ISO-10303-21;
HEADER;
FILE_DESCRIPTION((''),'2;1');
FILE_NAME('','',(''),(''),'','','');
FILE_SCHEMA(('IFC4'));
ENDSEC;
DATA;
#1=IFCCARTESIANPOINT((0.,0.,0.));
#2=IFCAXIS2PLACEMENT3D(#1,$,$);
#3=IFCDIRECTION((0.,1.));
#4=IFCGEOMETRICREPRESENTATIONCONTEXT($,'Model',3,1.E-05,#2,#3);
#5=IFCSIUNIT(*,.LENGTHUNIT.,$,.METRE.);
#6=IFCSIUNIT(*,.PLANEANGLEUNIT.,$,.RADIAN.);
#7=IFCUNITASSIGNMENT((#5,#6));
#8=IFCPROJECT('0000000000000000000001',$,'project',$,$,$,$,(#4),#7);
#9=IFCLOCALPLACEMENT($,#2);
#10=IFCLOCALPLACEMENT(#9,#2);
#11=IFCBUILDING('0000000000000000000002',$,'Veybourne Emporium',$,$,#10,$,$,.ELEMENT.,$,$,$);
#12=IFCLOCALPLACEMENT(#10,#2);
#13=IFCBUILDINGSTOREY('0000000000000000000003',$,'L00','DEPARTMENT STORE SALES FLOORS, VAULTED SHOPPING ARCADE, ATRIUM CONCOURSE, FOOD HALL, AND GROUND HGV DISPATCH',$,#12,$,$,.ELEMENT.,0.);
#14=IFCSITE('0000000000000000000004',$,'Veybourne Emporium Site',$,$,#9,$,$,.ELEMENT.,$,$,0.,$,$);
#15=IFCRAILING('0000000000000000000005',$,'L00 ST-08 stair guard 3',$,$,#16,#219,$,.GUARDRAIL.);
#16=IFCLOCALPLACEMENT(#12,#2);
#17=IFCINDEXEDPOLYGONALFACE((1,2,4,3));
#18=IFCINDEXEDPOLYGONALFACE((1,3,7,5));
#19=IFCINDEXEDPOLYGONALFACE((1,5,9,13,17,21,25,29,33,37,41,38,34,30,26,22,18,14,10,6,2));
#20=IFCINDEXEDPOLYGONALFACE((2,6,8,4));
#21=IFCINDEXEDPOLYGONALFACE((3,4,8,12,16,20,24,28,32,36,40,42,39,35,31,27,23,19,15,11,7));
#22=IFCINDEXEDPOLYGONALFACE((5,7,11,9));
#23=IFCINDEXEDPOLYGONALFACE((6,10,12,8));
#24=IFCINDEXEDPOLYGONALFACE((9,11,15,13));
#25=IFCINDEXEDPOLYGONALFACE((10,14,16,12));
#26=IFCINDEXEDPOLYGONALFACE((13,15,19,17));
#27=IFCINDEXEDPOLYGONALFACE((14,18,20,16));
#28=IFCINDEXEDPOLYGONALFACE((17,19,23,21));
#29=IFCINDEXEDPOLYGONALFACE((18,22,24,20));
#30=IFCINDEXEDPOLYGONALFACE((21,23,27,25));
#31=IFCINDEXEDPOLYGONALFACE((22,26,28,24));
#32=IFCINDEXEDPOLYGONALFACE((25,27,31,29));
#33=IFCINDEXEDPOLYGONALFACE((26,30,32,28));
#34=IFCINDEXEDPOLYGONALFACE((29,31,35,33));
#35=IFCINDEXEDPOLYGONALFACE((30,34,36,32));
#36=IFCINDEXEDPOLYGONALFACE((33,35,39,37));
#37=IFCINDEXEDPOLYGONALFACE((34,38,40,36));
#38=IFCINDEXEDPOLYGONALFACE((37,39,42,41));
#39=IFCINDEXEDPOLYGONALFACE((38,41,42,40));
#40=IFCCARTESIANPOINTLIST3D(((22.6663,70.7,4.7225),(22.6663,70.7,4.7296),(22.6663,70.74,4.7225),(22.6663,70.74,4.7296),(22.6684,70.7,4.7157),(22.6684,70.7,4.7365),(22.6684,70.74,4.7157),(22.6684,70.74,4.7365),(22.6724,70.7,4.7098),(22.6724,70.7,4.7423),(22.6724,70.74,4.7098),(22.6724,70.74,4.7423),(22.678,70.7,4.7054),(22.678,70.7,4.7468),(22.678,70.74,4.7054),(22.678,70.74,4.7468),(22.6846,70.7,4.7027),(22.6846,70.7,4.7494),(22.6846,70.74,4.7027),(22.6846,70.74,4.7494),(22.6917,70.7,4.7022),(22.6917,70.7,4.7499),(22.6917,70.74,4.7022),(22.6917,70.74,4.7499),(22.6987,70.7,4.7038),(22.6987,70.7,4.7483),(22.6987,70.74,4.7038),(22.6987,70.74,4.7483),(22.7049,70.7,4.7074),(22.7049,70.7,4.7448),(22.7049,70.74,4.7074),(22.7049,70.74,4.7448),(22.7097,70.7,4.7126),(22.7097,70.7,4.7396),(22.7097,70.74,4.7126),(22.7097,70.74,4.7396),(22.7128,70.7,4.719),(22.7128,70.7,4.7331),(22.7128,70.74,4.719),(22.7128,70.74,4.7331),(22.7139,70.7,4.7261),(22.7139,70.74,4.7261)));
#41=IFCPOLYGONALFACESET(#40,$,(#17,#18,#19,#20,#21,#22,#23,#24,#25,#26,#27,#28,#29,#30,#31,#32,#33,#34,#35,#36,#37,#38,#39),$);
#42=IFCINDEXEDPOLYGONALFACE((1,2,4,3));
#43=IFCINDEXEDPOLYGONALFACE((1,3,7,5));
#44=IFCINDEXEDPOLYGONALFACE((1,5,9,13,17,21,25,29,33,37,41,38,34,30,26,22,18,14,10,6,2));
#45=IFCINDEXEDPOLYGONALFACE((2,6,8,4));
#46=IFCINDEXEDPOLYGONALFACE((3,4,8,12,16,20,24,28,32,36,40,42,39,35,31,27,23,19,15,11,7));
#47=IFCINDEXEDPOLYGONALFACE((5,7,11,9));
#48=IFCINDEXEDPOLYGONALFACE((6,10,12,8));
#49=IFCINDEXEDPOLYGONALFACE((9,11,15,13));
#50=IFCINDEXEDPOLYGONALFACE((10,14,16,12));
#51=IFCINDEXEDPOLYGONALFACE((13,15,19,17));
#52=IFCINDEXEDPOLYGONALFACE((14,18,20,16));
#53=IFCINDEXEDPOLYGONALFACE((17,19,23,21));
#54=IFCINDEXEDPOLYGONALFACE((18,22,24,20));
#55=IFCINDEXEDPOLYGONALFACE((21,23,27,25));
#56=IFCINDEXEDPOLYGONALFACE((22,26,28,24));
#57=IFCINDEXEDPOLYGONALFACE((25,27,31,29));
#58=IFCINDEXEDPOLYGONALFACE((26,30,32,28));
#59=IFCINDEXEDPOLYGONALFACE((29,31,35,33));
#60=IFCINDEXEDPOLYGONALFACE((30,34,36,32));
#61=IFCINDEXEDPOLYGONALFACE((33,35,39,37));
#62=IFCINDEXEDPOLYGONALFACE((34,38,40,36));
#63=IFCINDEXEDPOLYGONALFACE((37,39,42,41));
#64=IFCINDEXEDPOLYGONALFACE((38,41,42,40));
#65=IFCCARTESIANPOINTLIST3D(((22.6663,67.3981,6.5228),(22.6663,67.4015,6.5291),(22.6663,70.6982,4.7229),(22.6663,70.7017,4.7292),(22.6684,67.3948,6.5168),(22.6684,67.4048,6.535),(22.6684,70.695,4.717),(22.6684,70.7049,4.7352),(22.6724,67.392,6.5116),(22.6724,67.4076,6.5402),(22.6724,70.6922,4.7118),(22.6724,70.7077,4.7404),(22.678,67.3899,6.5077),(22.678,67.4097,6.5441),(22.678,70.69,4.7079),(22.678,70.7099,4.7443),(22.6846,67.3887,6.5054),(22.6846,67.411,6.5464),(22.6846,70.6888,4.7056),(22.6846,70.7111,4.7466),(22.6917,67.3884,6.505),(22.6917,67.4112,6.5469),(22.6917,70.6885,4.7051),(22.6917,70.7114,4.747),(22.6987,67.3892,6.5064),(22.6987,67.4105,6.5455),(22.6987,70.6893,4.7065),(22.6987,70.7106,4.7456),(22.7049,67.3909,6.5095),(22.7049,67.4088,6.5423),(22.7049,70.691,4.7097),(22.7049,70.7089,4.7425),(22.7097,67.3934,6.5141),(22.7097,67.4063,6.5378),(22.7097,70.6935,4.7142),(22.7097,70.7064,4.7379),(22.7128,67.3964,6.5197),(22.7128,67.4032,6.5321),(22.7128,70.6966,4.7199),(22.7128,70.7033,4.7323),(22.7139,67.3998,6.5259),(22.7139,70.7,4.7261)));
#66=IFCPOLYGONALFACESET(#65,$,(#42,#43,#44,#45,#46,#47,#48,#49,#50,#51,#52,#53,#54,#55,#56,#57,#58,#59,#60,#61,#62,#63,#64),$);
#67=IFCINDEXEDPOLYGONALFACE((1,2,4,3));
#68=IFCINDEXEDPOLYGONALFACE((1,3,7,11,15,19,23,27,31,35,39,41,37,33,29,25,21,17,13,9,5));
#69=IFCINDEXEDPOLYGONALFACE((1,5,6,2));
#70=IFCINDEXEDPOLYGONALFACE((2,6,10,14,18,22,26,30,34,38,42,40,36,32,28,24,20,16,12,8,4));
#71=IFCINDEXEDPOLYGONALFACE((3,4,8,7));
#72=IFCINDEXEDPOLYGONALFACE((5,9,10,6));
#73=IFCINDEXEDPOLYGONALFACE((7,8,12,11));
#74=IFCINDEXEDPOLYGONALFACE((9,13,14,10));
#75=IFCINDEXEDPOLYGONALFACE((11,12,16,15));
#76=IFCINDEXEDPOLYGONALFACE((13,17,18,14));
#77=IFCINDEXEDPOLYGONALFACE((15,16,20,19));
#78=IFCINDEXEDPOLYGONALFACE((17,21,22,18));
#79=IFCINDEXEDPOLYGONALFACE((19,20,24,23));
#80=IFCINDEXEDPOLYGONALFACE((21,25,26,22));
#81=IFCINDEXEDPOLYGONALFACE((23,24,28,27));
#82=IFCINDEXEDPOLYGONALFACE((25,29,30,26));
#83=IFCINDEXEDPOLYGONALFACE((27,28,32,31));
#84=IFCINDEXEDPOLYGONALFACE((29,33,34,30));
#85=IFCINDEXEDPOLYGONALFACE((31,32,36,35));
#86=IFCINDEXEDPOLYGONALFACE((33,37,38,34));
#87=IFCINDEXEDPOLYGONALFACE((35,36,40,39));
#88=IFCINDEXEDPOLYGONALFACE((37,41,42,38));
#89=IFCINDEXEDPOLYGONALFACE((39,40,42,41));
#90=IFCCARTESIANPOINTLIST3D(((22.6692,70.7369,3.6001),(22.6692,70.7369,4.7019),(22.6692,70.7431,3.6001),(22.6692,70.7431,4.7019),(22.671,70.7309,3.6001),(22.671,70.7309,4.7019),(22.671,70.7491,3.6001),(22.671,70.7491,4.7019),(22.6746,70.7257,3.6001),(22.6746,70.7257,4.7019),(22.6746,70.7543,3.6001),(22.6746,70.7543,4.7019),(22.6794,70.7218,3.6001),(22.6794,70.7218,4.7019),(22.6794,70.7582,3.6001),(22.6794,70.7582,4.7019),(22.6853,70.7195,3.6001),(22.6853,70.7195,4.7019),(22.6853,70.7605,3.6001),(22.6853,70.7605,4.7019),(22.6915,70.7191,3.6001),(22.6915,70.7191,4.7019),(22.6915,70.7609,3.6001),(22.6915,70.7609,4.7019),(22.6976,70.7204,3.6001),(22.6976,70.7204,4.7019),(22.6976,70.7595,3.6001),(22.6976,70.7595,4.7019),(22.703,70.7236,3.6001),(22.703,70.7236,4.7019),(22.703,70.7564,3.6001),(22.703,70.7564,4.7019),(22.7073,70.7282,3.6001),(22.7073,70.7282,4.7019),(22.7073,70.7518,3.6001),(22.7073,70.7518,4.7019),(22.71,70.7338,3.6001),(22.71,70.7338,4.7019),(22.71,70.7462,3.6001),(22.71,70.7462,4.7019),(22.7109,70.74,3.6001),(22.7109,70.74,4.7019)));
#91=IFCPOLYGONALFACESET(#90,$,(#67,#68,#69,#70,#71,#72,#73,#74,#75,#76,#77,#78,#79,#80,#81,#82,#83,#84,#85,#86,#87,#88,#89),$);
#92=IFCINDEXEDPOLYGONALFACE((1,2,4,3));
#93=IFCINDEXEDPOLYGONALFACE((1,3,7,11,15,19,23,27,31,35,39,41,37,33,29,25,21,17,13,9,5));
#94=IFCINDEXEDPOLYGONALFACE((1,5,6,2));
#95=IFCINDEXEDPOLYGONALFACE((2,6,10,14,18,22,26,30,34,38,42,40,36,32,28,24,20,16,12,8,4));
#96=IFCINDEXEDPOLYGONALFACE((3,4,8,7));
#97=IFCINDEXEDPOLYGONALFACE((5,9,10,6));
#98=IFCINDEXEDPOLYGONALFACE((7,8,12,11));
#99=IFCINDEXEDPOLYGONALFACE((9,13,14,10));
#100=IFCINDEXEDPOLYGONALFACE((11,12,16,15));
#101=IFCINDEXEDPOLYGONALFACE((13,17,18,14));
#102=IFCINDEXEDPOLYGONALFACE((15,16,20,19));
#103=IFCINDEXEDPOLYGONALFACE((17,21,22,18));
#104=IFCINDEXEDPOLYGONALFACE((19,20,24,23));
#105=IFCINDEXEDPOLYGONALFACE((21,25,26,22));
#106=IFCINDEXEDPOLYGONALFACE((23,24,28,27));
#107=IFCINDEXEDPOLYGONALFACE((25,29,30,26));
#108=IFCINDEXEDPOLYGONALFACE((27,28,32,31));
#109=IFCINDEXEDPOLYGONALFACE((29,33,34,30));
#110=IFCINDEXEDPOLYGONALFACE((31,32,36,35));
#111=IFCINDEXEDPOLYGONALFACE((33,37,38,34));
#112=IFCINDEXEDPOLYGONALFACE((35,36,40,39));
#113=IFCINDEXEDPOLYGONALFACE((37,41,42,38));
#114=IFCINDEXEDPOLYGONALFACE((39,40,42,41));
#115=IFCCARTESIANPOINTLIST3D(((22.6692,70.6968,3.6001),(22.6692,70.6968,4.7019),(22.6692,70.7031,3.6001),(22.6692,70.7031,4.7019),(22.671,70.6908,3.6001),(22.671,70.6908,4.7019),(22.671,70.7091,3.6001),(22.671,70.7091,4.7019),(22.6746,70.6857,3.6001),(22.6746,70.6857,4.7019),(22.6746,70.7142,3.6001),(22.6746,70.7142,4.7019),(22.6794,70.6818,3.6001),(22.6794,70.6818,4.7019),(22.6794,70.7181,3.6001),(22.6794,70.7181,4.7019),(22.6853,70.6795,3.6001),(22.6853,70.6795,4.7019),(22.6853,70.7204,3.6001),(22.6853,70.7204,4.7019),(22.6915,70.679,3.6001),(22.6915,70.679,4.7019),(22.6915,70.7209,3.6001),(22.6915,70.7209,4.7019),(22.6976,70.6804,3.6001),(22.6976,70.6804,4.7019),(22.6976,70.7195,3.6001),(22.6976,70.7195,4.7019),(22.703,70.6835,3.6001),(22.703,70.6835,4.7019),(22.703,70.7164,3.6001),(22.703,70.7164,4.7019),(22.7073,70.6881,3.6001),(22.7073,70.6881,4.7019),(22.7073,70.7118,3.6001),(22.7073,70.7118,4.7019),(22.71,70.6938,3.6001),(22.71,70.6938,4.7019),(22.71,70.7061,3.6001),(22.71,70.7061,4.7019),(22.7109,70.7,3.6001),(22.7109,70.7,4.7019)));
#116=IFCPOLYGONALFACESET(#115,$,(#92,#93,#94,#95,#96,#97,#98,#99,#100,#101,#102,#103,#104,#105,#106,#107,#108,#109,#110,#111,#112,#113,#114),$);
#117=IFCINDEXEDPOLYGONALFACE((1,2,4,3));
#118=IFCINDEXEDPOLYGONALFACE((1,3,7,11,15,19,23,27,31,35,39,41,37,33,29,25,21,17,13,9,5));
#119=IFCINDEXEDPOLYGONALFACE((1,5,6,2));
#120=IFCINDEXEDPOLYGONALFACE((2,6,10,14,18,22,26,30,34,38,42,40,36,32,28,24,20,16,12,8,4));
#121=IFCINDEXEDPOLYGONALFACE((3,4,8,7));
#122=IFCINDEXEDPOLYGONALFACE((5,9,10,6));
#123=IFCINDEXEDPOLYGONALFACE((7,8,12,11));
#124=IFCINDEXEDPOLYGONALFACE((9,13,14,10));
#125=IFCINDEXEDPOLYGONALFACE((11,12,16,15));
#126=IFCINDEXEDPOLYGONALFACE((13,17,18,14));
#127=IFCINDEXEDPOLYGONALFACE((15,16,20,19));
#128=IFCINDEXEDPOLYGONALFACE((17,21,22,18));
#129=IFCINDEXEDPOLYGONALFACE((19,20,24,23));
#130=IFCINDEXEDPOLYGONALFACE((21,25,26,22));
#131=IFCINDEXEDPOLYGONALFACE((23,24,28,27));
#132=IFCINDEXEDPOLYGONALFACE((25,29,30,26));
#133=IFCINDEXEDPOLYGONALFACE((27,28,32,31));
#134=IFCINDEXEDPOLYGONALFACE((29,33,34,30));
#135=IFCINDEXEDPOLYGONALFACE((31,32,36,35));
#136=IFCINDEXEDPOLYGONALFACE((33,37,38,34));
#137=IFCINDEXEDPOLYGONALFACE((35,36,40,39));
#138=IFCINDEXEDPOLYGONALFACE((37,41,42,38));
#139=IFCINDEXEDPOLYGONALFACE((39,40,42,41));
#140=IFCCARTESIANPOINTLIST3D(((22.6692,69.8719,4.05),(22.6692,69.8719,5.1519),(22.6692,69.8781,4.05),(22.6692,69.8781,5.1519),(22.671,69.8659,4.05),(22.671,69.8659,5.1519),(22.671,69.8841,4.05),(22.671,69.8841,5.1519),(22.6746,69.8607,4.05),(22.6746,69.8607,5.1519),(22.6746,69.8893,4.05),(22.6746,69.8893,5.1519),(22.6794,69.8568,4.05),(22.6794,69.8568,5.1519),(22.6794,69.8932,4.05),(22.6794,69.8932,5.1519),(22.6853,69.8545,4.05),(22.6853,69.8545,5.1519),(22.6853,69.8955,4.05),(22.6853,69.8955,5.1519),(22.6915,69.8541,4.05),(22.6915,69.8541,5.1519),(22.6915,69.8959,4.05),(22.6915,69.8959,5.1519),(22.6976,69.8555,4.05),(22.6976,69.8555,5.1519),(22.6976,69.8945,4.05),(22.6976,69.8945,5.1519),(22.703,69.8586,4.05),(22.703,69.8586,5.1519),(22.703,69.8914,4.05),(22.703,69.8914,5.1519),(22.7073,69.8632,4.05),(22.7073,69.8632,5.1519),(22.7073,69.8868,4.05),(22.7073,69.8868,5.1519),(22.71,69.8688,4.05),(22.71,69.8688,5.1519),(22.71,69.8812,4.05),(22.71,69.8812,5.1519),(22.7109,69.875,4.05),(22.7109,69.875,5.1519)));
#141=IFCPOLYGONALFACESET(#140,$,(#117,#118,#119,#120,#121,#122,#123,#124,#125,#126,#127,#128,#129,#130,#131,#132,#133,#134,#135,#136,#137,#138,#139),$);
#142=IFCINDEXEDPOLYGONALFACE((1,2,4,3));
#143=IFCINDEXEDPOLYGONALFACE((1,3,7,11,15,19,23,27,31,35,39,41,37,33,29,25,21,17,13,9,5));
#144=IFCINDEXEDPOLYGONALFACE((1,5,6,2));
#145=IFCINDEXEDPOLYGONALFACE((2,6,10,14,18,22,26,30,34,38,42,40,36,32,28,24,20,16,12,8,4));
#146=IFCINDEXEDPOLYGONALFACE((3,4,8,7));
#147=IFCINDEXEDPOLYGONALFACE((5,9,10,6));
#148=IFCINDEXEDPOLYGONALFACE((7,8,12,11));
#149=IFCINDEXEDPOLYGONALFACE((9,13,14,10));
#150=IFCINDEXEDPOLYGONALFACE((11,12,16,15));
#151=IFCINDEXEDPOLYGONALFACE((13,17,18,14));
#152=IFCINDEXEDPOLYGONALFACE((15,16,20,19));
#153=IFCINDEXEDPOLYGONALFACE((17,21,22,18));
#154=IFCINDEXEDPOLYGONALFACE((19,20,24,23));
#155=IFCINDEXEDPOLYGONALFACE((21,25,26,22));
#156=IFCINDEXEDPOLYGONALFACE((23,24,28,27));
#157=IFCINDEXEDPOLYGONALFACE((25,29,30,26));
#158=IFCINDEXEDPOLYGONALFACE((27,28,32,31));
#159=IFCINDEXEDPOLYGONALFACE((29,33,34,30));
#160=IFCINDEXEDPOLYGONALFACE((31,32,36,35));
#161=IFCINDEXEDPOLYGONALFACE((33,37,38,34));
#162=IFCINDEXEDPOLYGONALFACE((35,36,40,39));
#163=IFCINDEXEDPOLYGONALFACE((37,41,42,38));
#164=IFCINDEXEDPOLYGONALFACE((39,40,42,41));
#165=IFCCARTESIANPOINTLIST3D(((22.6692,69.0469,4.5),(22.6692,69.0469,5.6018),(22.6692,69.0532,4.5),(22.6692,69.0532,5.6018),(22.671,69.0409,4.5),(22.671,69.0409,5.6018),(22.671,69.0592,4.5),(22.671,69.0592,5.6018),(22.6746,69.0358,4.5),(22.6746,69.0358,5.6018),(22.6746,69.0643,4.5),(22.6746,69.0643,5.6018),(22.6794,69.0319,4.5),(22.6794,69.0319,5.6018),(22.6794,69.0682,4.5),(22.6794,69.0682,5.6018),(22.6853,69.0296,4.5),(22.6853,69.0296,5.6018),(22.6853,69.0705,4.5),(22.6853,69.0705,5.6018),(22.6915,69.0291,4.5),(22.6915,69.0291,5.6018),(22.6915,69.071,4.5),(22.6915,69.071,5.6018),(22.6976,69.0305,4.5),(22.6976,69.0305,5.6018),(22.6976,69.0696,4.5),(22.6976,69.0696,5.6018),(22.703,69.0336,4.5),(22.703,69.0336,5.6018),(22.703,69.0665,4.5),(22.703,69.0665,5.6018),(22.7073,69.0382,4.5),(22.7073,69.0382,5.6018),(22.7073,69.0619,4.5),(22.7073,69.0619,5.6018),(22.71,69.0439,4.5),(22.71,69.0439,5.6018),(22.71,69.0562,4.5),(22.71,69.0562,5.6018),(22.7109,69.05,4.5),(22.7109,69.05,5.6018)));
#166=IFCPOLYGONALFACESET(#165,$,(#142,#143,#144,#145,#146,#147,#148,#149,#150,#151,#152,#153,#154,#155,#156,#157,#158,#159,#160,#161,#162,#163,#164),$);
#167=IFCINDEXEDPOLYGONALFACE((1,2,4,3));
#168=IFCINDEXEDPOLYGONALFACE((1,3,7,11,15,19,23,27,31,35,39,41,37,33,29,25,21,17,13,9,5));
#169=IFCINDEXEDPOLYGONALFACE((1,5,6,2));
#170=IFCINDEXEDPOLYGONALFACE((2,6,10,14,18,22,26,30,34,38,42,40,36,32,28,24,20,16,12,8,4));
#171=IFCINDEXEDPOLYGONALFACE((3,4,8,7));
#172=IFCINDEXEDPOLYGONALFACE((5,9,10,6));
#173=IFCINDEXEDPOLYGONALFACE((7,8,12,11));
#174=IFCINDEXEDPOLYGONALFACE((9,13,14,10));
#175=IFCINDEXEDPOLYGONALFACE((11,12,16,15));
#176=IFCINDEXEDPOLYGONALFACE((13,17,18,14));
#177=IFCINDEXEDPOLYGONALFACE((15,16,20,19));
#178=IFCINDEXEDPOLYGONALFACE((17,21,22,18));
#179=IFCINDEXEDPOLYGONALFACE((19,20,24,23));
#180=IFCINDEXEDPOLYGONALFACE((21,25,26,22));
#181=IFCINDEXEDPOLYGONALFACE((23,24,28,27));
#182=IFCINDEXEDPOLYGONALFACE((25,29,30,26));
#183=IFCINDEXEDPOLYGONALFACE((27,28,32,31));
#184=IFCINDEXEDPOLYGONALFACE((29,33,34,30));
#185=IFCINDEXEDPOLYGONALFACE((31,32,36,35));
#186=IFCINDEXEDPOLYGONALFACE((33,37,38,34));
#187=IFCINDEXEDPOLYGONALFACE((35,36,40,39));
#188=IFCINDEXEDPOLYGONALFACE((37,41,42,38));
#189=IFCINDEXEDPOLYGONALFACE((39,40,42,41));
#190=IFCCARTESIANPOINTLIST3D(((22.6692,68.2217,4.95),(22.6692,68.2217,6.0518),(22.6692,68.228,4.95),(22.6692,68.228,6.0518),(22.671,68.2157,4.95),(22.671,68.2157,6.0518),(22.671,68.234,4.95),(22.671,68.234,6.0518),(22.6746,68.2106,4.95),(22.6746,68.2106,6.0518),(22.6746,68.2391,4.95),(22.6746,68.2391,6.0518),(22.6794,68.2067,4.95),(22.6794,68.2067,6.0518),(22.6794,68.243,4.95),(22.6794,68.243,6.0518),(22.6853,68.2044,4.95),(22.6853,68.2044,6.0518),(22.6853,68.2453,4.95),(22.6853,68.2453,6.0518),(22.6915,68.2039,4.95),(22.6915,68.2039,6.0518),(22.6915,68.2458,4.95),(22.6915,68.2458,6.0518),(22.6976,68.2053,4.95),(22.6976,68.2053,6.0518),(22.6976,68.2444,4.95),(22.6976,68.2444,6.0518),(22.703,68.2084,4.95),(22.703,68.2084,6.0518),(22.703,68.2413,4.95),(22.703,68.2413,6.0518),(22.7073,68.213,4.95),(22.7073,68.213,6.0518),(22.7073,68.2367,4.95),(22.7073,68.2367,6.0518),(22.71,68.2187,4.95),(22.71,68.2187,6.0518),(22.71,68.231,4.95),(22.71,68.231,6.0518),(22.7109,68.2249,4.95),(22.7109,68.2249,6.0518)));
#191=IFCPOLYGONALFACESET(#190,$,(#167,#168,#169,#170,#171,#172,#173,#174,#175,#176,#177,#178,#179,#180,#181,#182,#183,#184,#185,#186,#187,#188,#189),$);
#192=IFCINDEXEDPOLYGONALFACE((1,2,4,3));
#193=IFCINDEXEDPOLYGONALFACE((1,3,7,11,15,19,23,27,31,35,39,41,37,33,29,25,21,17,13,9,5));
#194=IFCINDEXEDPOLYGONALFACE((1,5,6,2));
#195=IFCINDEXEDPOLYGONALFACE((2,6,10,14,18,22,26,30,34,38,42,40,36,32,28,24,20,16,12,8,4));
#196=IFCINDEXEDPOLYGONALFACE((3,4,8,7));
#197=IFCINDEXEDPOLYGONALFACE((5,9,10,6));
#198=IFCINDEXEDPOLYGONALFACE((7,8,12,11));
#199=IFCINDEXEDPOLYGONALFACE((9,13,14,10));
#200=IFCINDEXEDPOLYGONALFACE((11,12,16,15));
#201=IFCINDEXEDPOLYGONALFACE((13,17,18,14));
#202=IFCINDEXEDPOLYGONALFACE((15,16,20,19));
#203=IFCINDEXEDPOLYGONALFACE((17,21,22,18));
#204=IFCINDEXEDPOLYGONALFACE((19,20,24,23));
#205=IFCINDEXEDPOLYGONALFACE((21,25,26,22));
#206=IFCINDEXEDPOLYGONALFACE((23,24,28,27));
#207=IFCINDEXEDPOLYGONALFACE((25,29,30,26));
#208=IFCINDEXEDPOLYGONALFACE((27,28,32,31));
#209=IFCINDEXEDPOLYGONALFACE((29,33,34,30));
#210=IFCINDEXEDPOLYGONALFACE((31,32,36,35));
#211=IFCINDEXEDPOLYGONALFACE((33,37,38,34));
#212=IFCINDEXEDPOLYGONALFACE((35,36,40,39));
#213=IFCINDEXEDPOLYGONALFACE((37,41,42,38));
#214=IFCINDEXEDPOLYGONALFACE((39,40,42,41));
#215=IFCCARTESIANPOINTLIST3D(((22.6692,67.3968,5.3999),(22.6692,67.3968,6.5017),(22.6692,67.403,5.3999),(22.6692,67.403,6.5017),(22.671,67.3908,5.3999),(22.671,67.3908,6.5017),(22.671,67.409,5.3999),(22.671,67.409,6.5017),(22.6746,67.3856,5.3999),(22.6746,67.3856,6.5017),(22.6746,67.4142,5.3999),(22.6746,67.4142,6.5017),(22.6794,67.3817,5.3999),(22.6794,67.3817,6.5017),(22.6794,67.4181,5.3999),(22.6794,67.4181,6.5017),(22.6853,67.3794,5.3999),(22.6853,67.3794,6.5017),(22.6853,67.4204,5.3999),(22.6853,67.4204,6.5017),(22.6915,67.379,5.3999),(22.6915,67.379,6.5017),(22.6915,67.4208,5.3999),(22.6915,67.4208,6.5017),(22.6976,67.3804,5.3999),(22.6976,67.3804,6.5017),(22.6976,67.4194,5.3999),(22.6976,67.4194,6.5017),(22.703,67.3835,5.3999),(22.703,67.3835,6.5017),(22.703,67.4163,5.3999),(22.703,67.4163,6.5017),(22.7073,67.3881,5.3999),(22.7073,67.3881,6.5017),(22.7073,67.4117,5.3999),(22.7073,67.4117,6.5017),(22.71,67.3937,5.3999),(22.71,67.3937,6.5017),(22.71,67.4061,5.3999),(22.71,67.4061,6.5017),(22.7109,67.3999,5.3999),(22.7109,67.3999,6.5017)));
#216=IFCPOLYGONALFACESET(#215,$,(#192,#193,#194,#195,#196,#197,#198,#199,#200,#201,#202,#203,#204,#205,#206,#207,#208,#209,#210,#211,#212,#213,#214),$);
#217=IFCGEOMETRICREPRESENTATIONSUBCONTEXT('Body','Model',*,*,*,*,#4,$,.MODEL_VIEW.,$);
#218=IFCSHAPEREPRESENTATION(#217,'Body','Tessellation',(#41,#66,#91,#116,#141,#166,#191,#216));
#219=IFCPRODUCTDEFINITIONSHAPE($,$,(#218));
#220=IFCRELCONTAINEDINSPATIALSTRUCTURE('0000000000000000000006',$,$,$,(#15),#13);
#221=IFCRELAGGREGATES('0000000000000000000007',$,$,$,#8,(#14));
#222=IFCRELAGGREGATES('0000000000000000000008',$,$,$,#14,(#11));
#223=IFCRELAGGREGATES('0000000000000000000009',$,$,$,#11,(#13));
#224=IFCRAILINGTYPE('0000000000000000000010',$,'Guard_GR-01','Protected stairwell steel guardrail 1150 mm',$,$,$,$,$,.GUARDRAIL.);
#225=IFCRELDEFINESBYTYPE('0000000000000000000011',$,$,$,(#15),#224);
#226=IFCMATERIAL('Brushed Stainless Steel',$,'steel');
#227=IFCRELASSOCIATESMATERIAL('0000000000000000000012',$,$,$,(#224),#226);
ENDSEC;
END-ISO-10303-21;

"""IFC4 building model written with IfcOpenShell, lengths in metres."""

from ifc_helpers import new_model, si_unit, direction, frame, origin, origin_2d, place, context, subcontext, project, spatial, circle, extrude, material, type_object, element, save


model = new_model("IFC4")

# Units and contexts
model_context = context("Model", 3, precision=1e-05, world=origin(), true_north=direction((0.0, 1.0)))
body_context = subcontext(model_context, "Body", "Model", "MODEL_VIEW")
ifc_project = project(units=[si_unit("LENGTHUNIT", "METRE"), si_unit("PLANEANGLEUNIT", "RADIAN")], contexts=[model_context])

# Site, building, storey
site_placement = place(None, origin())
site = spatial("IfcSite", under=ifc_project, at=site_placement, Name="Veybourne Emporium Site", CompositionType="ELEMENT", RefElevation=0.0)
building_placement = place(site_placement, origin())
building = spatial("IfcBuilding", under=site, at=building_placement, Name="Veybourne Emporium", CompositionType="ELEMENT")
storey_placement = place(building_placement, origin())
storey = spatial("IfcBuildingStorey", under=building, at=storey_placement, Name="L00", Description="DEPARTMENT STORE SALES FLOORS, VAULTED SHOPPING ARCADE, ATRIUM CONCOURSE, FOOD HALL, AND GROUND HGV DISPATCH", CompositionType="ELEMENT", Elevation=0.0)

# Railing
ifc_material_1 = material(Name="Brushed Stainless Steel", Category="steel")
railing_type_1 = type_object("IfcRailingType", Name="Guard_GR-01", Description="Protected stairwell steel guardrail 1150 mm", PredefinedType="GUARDRAIL", material=ifc_material_1)
railing_1_placement = place(storey_placement, frame((22.6899, 70.74, 3.6001)))
element("IfcRailing", 1, at=railing_1_placement, inside=storey, type_object=railing_type_1, Name="L00 ST-08 stair guard 3", PredefinedType="GUARDRAIL", context=body_context, shape_type="SweptSolid", body=[
    extrude(circle(Radius=0.0239, at=origin_2d()), frame((0.0, 0.0, 1.126), z_axis=(0.0, -1.0, 0.0), x_axis=(1.0, 0.0, 0.0)), (0.0, 0.0, 1.0), 0.04),
    extrude(circle(Radius=0.0239, at=origin_2d()), frame((0.0, -0.04, 1.126), z_axis=(0.0, -0.87792, 0.478807), x_axis=(1.0, 0.0, 0.0)), (0.0, 0.0, 1.0), 3.759),
    extrude(circle(Radius=0.021, at=origin_2d()), origin(), (0.0, 0.0, 1.0), 1.1018),
    extrude(circle(Radius=0.021, at=origin_2d()), frame((0.0, -0.04, 0.0)), (0.0, 0.0, 1.0), 1.1018),
    extrude(circle(Radius=0.021, at=origin_2d()), frame((0.0, -0.865, 0.45)), (0.0, 0.0, 1.0), 1.1018),
    extrude(circle(Radius=0.021, at=origin_2d()), frame((0.0, -1.6899, 0.8999)), (0.0, 0.0, 1.0), 1.1018),
    extrude(circle(Radius=0.021, at=origin_2d()), frame((0.0, -2.5151, 1.3499)), (0.0, 0.0, 1.0), 1.1018),
    extrude(circle(Radius=0.021, at=origin_2d()), frame((0.0, -3.3401, 1.7998)), (0.0, 0.0, 1.0), 1.1018),
])

save(model, "model.ifc")
